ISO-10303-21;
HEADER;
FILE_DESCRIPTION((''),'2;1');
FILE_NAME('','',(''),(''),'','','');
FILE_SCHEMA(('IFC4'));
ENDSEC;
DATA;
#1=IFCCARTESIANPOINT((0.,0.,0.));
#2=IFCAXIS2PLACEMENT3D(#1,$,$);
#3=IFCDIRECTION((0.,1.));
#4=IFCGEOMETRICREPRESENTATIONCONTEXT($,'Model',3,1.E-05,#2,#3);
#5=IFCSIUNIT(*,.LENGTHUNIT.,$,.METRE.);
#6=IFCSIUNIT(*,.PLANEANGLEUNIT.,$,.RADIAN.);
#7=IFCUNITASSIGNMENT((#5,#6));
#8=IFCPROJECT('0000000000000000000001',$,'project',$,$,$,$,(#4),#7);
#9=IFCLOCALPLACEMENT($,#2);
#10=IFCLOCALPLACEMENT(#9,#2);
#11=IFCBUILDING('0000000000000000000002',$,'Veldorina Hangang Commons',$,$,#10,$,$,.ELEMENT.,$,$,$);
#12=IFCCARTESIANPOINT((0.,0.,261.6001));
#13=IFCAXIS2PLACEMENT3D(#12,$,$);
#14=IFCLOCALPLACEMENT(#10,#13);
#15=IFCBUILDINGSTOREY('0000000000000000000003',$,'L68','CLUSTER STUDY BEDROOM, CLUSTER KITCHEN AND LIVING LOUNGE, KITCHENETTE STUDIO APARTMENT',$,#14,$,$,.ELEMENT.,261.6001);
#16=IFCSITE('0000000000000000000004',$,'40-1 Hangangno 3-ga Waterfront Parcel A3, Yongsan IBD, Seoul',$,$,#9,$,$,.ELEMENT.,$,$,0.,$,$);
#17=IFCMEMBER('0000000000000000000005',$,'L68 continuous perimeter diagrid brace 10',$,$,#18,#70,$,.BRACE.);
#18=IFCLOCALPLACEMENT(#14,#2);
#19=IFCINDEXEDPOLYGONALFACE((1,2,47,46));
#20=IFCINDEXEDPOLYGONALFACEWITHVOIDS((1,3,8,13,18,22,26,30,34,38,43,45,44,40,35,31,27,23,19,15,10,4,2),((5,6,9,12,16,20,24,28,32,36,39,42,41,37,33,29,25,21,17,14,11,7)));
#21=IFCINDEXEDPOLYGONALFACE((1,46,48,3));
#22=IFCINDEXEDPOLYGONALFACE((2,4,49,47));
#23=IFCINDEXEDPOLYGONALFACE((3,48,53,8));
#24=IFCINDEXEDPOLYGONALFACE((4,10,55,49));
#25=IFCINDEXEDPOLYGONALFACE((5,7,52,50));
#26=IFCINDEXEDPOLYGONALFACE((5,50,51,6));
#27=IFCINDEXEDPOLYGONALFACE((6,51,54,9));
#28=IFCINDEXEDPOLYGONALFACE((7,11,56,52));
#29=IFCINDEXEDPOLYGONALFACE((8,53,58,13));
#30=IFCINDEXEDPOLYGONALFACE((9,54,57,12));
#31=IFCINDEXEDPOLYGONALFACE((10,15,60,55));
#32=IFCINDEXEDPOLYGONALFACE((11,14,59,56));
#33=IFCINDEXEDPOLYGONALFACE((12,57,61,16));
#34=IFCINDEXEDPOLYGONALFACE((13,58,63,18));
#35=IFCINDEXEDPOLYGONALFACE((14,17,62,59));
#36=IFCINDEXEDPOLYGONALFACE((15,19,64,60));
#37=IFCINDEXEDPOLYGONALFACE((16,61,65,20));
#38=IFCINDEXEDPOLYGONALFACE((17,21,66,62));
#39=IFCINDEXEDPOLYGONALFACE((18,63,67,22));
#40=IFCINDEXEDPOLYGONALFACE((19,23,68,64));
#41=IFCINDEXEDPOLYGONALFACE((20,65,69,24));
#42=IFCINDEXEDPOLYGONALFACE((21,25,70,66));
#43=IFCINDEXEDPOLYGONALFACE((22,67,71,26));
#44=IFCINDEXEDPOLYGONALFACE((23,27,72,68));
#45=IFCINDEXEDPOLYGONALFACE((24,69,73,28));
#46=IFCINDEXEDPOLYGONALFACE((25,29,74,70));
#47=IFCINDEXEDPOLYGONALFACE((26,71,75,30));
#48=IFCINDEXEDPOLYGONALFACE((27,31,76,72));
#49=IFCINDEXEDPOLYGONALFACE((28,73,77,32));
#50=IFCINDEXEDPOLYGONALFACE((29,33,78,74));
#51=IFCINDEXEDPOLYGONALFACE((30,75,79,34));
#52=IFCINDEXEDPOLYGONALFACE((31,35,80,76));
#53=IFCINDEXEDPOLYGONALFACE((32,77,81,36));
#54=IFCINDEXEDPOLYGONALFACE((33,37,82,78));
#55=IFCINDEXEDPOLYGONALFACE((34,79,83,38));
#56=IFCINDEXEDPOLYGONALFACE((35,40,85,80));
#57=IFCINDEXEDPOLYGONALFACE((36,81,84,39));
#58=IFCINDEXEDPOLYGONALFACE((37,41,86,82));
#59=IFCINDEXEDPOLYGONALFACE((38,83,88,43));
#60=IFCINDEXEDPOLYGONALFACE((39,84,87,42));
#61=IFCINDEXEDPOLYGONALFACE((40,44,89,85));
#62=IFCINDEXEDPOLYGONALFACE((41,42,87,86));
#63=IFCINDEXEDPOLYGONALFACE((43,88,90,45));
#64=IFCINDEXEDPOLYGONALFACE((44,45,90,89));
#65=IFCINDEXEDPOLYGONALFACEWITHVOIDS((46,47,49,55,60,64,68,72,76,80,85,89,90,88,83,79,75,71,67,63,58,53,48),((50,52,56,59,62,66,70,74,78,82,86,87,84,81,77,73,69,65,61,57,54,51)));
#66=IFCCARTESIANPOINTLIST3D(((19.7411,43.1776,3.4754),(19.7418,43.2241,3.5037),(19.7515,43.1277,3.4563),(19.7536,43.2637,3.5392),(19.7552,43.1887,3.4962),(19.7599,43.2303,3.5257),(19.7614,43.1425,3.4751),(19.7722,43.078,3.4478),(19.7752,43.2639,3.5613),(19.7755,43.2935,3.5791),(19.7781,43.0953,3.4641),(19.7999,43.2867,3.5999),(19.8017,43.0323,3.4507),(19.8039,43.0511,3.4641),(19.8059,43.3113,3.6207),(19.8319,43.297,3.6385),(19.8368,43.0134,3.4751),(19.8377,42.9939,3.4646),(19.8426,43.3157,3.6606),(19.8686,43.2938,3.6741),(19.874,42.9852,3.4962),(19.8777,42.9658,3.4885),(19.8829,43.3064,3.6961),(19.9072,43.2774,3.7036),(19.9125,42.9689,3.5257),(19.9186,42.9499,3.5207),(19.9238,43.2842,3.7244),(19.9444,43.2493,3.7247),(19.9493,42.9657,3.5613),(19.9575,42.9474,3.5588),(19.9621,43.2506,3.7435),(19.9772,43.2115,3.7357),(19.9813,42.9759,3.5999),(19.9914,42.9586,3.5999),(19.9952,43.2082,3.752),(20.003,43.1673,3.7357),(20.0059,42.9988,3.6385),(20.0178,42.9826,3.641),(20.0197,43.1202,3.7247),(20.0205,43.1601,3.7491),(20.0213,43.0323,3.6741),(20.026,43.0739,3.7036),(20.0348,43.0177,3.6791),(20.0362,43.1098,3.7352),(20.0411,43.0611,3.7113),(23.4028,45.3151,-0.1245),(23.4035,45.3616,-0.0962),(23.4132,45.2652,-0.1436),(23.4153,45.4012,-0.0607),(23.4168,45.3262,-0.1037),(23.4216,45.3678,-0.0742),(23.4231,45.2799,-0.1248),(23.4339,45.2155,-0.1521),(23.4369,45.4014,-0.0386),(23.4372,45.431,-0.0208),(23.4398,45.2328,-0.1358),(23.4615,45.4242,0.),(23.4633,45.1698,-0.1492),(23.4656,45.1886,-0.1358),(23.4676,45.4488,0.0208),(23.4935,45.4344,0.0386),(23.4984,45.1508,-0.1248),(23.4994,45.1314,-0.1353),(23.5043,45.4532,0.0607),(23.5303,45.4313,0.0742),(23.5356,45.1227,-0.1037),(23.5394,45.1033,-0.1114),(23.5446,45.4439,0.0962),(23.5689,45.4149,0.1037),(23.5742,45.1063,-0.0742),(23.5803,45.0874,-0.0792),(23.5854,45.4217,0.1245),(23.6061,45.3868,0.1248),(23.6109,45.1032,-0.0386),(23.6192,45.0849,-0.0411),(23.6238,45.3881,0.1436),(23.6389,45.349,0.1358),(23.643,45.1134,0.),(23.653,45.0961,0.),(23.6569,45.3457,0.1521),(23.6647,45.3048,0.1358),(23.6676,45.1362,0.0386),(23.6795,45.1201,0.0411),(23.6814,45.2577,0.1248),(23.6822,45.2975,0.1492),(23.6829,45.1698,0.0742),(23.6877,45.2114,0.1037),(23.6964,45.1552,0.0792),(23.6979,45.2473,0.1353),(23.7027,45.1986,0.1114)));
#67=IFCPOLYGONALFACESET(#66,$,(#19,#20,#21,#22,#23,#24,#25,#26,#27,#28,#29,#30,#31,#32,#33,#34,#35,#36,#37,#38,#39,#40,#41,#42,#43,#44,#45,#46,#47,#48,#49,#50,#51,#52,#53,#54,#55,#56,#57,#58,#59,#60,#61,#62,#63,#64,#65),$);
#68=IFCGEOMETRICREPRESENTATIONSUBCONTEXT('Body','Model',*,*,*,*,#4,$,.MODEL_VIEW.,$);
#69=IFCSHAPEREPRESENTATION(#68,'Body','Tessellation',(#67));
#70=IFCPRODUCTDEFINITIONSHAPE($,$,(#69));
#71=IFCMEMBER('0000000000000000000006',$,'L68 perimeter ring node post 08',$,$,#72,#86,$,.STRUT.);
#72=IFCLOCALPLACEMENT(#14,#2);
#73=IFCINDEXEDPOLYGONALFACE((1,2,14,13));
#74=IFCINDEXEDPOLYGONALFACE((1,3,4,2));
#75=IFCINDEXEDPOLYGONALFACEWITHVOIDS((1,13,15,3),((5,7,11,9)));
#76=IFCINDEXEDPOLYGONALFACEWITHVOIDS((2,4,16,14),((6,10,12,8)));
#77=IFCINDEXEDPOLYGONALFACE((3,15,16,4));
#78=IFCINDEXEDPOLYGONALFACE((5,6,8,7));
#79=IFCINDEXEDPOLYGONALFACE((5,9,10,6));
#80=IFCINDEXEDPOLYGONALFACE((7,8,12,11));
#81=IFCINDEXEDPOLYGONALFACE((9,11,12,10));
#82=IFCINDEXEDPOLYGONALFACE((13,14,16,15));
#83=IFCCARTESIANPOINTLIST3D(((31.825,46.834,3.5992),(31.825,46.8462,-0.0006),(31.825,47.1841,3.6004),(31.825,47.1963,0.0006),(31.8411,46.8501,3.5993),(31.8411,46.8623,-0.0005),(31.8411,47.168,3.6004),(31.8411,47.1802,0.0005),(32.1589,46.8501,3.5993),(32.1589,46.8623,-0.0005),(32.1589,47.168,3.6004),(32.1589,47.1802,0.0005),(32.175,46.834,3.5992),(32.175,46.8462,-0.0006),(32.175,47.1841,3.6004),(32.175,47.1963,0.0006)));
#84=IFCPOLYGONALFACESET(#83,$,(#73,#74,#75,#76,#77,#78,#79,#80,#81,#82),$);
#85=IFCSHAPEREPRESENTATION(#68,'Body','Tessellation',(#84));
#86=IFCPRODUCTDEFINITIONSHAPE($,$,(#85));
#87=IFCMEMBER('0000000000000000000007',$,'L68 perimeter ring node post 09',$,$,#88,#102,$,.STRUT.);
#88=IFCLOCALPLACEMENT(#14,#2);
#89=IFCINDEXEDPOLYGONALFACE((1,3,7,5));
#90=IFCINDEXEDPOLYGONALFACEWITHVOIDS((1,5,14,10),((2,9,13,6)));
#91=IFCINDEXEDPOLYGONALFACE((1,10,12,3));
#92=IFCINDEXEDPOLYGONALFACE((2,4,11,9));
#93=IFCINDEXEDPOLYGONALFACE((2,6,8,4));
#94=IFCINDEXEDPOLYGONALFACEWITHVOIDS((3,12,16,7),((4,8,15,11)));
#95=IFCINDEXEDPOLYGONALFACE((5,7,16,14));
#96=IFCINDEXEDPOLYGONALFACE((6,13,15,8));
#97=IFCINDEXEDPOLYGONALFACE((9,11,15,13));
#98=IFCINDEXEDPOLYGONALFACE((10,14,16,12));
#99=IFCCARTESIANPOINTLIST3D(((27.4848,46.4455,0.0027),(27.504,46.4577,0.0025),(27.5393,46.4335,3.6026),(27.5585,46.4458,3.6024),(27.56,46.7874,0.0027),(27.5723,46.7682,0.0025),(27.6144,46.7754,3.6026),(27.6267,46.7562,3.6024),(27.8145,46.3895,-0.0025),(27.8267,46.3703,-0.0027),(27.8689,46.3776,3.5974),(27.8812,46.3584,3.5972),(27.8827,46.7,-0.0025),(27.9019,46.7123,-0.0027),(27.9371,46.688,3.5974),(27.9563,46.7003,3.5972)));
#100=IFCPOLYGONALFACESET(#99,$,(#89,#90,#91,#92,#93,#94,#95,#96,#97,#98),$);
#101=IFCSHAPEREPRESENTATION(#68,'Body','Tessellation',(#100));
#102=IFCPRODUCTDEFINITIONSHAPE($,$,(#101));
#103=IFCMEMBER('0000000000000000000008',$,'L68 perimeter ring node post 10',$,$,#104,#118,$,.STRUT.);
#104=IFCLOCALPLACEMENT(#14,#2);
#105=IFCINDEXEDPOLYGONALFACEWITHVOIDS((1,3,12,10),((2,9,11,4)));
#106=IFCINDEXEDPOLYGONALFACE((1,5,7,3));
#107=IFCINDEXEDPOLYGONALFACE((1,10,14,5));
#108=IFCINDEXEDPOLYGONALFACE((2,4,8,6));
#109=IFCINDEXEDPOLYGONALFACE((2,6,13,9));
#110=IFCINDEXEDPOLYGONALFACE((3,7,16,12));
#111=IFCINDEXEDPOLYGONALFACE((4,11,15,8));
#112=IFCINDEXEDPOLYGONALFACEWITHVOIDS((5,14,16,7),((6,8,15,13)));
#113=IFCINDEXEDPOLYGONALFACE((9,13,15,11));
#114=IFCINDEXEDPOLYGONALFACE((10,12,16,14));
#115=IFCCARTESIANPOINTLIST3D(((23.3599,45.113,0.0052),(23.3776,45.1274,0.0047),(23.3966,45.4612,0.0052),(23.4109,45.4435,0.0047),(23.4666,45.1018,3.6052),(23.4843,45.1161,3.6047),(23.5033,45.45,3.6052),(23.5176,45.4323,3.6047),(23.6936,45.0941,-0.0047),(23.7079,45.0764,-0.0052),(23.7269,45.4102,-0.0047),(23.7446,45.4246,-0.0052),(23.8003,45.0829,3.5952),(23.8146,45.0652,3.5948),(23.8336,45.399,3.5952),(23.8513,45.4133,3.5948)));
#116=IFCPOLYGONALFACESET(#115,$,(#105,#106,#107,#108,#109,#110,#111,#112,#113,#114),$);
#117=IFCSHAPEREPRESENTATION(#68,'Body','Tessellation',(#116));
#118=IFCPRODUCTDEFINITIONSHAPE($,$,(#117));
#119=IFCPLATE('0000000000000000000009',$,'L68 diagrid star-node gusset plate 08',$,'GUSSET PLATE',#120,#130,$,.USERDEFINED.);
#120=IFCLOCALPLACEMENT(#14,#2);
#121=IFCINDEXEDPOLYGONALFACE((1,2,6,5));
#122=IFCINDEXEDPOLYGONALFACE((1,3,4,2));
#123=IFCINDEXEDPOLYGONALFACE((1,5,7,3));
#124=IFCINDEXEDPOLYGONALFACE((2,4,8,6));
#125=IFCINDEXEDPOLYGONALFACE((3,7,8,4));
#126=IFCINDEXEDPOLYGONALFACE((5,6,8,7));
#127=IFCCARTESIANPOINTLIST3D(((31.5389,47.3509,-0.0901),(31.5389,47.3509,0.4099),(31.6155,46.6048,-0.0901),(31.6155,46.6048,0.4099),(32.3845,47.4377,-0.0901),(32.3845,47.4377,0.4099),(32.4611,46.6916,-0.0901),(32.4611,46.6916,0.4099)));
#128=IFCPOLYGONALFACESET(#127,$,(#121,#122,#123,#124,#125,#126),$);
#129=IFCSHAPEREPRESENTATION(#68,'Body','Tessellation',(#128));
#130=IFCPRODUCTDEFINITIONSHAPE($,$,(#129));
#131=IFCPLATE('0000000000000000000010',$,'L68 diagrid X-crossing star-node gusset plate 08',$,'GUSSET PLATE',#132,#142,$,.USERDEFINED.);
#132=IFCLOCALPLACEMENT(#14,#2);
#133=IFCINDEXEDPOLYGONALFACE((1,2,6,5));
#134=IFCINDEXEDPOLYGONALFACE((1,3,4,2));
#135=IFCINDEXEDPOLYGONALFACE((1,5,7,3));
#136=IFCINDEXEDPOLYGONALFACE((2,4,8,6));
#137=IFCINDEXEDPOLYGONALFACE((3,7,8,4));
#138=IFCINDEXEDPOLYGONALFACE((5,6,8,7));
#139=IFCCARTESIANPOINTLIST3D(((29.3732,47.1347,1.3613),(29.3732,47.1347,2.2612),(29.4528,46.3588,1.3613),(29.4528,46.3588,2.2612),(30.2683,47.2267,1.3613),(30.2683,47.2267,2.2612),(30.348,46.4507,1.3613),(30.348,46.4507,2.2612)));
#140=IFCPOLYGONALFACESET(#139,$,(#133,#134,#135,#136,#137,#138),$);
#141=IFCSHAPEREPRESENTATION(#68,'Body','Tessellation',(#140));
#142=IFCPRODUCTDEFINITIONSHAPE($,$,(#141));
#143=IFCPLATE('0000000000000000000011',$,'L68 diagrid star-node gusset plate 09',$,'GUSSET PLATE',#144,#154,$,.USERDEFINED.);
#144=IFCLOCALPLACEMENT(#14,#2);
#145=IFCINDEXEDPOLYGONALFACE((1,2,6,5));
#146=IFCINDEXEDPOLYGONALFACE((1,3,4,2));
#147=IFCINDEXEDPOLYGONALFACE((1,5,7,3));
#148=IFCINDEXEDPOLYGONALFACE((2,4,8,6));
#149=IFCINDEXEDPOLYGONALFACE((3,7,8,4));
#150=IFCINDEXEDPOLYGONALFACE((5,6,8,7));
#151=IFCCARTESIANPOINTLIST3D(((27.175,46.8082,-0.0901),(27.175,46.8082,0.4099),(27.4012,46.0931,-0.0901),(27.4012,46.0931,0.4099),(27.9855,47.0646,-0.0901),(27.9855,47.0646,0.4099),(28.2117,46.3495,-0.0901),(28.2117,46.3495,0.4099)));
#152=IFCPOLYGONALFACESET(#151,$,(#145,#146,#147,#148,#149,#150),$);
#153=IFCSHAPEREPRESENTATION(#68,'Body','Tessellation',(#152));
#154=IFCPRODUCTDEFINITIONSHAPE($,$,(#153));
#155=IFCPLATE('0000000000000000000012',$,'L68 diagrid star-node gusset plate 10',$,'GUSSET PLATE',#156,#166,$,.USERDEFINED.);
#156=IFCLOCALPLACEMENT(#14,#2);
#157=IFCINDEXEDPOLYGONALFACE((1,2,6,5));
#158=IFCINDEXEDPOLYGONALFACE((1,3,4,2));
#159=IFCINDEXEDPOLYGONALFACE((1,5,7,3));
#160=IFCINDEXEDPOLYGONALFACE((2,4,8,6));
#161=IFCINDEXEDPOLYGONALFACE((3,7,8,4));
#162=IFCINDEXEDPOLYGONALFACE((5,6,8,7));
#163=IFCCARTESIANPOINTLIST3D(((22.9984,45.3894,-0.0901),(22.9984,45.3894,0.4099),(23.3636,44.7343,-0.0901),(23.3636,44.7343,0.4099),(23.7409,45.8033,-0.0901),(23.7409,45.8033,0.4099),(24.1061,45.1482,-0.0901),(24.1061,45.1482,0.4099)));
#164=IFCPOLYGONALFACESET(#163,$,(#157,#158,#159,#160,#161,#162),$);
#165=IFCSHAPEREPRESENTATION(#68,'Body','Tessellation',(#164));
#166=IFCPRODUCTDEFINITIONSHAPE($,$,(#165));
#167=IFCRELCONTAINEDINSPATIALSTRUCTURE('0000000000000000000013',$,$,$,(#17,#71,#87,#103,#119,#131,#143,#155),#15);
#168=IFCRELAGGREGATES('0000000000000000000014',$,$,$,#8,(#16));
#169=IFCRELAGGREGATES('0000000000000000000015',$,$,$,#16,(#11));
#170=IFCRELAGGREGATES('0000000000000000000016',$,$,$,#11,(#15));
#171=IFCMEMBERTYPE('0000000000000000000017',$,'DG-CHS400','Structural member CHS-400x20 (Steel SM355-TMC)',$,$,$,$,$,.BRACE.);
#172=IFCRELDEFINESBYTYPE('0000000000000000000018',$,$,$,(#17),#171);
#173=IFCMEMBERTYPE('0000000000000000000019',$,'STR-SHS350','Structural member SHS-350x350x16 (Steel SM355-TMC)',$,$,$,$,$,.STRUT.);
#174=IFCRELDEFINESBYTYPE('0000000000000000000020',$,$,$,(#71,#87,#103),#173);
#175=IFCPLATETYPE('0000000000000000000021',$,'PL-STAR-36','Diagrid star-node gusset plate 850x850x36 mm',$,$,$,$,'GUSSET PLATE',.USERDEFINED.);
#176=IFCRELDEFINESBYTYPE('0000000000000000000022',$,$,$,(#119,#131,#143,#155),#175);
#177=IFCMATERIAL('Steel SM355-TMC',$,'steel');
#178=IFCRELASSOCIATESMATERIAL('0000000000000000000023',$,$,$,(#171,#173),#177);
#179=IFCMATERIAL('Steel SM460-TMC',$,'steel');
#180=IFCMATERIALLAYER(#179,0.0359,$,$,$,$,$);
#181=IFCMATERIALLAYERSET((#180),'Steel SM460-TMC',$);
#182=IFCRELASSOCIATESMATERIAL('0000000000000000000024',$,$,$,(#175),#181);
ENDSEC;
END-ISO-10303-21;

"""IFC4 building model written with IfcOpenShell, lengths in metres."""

from ifc_helpers import new_model, si_unit, direction, frame, origin, origin_2d, place, context, subcontext, project, spatial, rectangle, hollow_rectangle, hollow_circle, extrude, material, layer, layer_set, material_profile, profile_set, type_object, element, save


model = new_model("IFC4")

# Units and contexts
model_context = context("Model", 3, precision=1e-05, world=origin(), true_north=direction((0.0, 1.0)))
body_context = subcontext(model_context, "Body", "Model", "MODEL_VIEW")
ifc_project = project(units=[si_unit("LENGTHUNIT", "METRE"), si_unit("PLANEANGLEUNIT", "RADIAN")], contexts=[model_context])

# Site, building, storey
site_placement = place(None, origin())
site = spatial("IfcSite", under=ifc_project, at=site_placement, Name="40-1 Hangangno 3-ga Waterfront Parcel A3, Yongsan IBD, Seoul", CompositionType="ELEMENT", RefElevation=0.0)
building_placement = place(site_placement, origin())
building = spatial("IfcBuilding", under=site, at=building_placement, Name="Veldorina Hangang Commons", CompositionType="ELEMENT")
storey_placement = place(building_placement, frame((0.0, 0.0, 261.6001)))
storey = spatial("IfcBuildingStorey", under=building, at=storey_placement, Name="L68", Description="CLUSTER STUDY BEDROOM, CLUSTER KITCHEN AND LIVING LOUNGE, KITCHENETTE STUDIO APARTMENT", CompositionType="ELEMENT", Elevation=261.6001)

# Shared definitions
ifc_material_1 = material(Name="Steel SM355-TMC", Category="steel")

# Members
ifc_material_profile_1 = material_profile(ifc_material_1, hollow_circle(Radius=0.2, WallThickness=0.02, at=origin_2d()), Name="CHS-400x20")
ifc_profile_set_1 = profile_set([ifc_material_profile_1], Name="Steel SM355-TMC")
member_type_1 = type_object("IfcMemberType", Name="DG-CHS400", Description="Structural member CHS-400x20 (Steel SM355-TMC)", PredefinedType="BRACE", material=ifc_profile_set_1)
member_1_placement = place(storey_placement, frame((23.5522, 45.2688, 0.0), z_axis=(-0.658336, -0.3843, 0.647231), x_axis=(0.504136, -0.863624, 0.0)))
element("IfcMember", 1, at=member_1_placement, inside=storey, type_object=member_type_1, Name="L68 continuous perimeter diagrid brace 10", PredefinedType="BRACE", context=body_context, shape_type="SweptSolid", body=[
    extrude(hollow_circle(Radius=0.2, WallThickness=0.02, at=origin_2d()), origin(), (0.0, 0.0, 1.0), 5.562),
])
ifc_material_profile_2 = material_profile(ifc_material_1, hollow_rectangle(XDim=0.3501, YDim=0.3501, WallThickness=0.0161, at=origin_2d()), Name="SHS-350x350x16")
ifc_profile_set_2 = profile_set([ifc_material_profile_2], Name="Steel SM355-TMC")
member_type_2 = type_object("IfcMemberType", Name="STR-SHS350", Description="Structural member SHS-350x350x16 (Steel SM355-TMC)", PredefinedType="STRUT", material=ifc_profile_set_2)
member_2_placement = place(storey_placement, frame((32.0, 47.0212, 0.0), z_axis=(0.0, -0.003391, 0.999994), x_axis=(1.0, 0.0, 0.0)))
element("IfcMember", 2, at=member_2_placement, inside=storey, type_object=member_type_2, Name="L68 perimeter ring node post 08", PredefinedType="STRUT", context=body_context, shape_type="SweptSolid", body=[
    extrude(hollow_rectangle(XDim=0.3501, YDim=0.3501, WallThickness=0.0161, at=origin_2d()), origin(), (0.0, 0.0, 1.0), 3.5999),
])
member_3_placement = place(storey_placement, frame((27.6934, 46.5789, 0.0), z_axis=(0.015122, -0.003323, 0.99988), x_axis=(0.214611, 0.9767, 0.0)))
element("IfcMember", 3, at=member_3_placement, inside=storey, type_object=member_type_2, Name="L68 perimeter ring node post 09", PredefinedType="STRUT", context=body_context, shape_type="SweptSolid", body=[
    extrude(hollow_rectangle(XDim=0.3501, YDim=0.3501, WallThickness=0.0161, at=origin_2d()), origin(), (0.0, 0.0, 1.0), 3.6003),
])
member_4_placement = place(storey_placement, frame((23.5522, 45.2688, 0.0), z_axis=(0.029624, -0.003118, 0.999556), x_axis=(0.104685, 0.994505, 0.0)))
element("IfcMember", 4, at=member_4_placement, inside=storey, type_object=member_type_2, Name="L68 perimeter ring node post 10", PredefinedType="STRUT", context=body_context, shape_type="SweptSolid", body=[
    extrude(hollow_rectangle(XDim=0.3501, YDim=0.3501, WallThickness=0.0161, at=origin_2d()), origin(), (0.0, 0.0, 1.0), 3.6016),
])

# Plates
ifc_material_2 = material(Name="Steel SM460-TMC", Category="steel")
ifc_layer_1 = layer(ifc_material_2, 0.0359)
ifc_layer_set_1 = layer_set([ifc_layer_1], Name="Steel SM460-TMC")
plate_type = type_object("IfcPlateType", Name="PL-STAR-36", Description="Diagrid star-node gusset plate 850x850x36 mm", ElementType="GUSSET PLATE", PredefinedType="USERDEFINED", material=ifc_layer_set_1)
plate_1_placement = place(storey_placement, frame((32.0, 47.0212, -0.0901), z_axis=(0.0, 0.0, 1.0), x_axis=(-0.994767, -0.102168, 0.0)))
element("IfcPlate", 5, at=plate_1_placement, inside=storey, type_object=plate_type, Name="L68 diagrid star-node gusset plate 08", ObjectType="GUSSET PLATE", PredefinedType="USERDEFINED", context=body_context, shape_type="SweptSolid", body=[
    extrude(rectangle(XDim=0.8501, YDim=0.75, at=origin_2d()), origin(), (0.0, 0.0, 1.0), 0.5),
])
plate_2_placement = place(storey_placement, frame((29.8606, 46.7927, 1.3613), z_axis=(0.0, 0.0, 1.0), x_axis=(-0.994767, -0.102168, 0.0)))
element("IfcPlate", 6, at=plate_2_placement, inside=storey, type_object=plate_type, Name="L68 diagrid X-crossing star-node gusset plate 08", ObjectType="GUSSET PLATE", PredefinedType="USERDEFINED", context=body_context, shape_type="SweptSolid", body=[
    extrude(rectangle(XDim=0.8999, YDim=0.78, at=origin_2d()), origin(), (0.0, 0.0, 1.0), 0.8999),
])
for number, where, z_axis, x_axis, name in (
    (7, (27.6934, 46.5789, -0.0901), (0.0, 0.0, 1.0), (-0.953428, -0.301621, 0.0), "L68 diagrid star-node gusset plate 09"),
    (8, (23.5522, 45.2688, -0.0901), (0.0, 0.0, 1.0), (-0.873466, -0.486884, 0.0), "L68 diagrid star-node gusset plate 10"),
):
    element("IfcPlate", number, at=place(storey_placement, frame(where, z_axis=z_axis, x_axis=x_axis)), inside=storey, type_object=plate_type, Name=name, ObjectType="GUSSET PLATE", PredefinedType="USERDEFINED", context=body_context, shape_type="SweptSolid", body=[
        extrude(rectangle(XDim=0.8501, YDim=0.75, at=origin_2d()), origin(), (0.0, 0.0, 1.0), 0.5),
    ])

save(model, "model.ifc")
